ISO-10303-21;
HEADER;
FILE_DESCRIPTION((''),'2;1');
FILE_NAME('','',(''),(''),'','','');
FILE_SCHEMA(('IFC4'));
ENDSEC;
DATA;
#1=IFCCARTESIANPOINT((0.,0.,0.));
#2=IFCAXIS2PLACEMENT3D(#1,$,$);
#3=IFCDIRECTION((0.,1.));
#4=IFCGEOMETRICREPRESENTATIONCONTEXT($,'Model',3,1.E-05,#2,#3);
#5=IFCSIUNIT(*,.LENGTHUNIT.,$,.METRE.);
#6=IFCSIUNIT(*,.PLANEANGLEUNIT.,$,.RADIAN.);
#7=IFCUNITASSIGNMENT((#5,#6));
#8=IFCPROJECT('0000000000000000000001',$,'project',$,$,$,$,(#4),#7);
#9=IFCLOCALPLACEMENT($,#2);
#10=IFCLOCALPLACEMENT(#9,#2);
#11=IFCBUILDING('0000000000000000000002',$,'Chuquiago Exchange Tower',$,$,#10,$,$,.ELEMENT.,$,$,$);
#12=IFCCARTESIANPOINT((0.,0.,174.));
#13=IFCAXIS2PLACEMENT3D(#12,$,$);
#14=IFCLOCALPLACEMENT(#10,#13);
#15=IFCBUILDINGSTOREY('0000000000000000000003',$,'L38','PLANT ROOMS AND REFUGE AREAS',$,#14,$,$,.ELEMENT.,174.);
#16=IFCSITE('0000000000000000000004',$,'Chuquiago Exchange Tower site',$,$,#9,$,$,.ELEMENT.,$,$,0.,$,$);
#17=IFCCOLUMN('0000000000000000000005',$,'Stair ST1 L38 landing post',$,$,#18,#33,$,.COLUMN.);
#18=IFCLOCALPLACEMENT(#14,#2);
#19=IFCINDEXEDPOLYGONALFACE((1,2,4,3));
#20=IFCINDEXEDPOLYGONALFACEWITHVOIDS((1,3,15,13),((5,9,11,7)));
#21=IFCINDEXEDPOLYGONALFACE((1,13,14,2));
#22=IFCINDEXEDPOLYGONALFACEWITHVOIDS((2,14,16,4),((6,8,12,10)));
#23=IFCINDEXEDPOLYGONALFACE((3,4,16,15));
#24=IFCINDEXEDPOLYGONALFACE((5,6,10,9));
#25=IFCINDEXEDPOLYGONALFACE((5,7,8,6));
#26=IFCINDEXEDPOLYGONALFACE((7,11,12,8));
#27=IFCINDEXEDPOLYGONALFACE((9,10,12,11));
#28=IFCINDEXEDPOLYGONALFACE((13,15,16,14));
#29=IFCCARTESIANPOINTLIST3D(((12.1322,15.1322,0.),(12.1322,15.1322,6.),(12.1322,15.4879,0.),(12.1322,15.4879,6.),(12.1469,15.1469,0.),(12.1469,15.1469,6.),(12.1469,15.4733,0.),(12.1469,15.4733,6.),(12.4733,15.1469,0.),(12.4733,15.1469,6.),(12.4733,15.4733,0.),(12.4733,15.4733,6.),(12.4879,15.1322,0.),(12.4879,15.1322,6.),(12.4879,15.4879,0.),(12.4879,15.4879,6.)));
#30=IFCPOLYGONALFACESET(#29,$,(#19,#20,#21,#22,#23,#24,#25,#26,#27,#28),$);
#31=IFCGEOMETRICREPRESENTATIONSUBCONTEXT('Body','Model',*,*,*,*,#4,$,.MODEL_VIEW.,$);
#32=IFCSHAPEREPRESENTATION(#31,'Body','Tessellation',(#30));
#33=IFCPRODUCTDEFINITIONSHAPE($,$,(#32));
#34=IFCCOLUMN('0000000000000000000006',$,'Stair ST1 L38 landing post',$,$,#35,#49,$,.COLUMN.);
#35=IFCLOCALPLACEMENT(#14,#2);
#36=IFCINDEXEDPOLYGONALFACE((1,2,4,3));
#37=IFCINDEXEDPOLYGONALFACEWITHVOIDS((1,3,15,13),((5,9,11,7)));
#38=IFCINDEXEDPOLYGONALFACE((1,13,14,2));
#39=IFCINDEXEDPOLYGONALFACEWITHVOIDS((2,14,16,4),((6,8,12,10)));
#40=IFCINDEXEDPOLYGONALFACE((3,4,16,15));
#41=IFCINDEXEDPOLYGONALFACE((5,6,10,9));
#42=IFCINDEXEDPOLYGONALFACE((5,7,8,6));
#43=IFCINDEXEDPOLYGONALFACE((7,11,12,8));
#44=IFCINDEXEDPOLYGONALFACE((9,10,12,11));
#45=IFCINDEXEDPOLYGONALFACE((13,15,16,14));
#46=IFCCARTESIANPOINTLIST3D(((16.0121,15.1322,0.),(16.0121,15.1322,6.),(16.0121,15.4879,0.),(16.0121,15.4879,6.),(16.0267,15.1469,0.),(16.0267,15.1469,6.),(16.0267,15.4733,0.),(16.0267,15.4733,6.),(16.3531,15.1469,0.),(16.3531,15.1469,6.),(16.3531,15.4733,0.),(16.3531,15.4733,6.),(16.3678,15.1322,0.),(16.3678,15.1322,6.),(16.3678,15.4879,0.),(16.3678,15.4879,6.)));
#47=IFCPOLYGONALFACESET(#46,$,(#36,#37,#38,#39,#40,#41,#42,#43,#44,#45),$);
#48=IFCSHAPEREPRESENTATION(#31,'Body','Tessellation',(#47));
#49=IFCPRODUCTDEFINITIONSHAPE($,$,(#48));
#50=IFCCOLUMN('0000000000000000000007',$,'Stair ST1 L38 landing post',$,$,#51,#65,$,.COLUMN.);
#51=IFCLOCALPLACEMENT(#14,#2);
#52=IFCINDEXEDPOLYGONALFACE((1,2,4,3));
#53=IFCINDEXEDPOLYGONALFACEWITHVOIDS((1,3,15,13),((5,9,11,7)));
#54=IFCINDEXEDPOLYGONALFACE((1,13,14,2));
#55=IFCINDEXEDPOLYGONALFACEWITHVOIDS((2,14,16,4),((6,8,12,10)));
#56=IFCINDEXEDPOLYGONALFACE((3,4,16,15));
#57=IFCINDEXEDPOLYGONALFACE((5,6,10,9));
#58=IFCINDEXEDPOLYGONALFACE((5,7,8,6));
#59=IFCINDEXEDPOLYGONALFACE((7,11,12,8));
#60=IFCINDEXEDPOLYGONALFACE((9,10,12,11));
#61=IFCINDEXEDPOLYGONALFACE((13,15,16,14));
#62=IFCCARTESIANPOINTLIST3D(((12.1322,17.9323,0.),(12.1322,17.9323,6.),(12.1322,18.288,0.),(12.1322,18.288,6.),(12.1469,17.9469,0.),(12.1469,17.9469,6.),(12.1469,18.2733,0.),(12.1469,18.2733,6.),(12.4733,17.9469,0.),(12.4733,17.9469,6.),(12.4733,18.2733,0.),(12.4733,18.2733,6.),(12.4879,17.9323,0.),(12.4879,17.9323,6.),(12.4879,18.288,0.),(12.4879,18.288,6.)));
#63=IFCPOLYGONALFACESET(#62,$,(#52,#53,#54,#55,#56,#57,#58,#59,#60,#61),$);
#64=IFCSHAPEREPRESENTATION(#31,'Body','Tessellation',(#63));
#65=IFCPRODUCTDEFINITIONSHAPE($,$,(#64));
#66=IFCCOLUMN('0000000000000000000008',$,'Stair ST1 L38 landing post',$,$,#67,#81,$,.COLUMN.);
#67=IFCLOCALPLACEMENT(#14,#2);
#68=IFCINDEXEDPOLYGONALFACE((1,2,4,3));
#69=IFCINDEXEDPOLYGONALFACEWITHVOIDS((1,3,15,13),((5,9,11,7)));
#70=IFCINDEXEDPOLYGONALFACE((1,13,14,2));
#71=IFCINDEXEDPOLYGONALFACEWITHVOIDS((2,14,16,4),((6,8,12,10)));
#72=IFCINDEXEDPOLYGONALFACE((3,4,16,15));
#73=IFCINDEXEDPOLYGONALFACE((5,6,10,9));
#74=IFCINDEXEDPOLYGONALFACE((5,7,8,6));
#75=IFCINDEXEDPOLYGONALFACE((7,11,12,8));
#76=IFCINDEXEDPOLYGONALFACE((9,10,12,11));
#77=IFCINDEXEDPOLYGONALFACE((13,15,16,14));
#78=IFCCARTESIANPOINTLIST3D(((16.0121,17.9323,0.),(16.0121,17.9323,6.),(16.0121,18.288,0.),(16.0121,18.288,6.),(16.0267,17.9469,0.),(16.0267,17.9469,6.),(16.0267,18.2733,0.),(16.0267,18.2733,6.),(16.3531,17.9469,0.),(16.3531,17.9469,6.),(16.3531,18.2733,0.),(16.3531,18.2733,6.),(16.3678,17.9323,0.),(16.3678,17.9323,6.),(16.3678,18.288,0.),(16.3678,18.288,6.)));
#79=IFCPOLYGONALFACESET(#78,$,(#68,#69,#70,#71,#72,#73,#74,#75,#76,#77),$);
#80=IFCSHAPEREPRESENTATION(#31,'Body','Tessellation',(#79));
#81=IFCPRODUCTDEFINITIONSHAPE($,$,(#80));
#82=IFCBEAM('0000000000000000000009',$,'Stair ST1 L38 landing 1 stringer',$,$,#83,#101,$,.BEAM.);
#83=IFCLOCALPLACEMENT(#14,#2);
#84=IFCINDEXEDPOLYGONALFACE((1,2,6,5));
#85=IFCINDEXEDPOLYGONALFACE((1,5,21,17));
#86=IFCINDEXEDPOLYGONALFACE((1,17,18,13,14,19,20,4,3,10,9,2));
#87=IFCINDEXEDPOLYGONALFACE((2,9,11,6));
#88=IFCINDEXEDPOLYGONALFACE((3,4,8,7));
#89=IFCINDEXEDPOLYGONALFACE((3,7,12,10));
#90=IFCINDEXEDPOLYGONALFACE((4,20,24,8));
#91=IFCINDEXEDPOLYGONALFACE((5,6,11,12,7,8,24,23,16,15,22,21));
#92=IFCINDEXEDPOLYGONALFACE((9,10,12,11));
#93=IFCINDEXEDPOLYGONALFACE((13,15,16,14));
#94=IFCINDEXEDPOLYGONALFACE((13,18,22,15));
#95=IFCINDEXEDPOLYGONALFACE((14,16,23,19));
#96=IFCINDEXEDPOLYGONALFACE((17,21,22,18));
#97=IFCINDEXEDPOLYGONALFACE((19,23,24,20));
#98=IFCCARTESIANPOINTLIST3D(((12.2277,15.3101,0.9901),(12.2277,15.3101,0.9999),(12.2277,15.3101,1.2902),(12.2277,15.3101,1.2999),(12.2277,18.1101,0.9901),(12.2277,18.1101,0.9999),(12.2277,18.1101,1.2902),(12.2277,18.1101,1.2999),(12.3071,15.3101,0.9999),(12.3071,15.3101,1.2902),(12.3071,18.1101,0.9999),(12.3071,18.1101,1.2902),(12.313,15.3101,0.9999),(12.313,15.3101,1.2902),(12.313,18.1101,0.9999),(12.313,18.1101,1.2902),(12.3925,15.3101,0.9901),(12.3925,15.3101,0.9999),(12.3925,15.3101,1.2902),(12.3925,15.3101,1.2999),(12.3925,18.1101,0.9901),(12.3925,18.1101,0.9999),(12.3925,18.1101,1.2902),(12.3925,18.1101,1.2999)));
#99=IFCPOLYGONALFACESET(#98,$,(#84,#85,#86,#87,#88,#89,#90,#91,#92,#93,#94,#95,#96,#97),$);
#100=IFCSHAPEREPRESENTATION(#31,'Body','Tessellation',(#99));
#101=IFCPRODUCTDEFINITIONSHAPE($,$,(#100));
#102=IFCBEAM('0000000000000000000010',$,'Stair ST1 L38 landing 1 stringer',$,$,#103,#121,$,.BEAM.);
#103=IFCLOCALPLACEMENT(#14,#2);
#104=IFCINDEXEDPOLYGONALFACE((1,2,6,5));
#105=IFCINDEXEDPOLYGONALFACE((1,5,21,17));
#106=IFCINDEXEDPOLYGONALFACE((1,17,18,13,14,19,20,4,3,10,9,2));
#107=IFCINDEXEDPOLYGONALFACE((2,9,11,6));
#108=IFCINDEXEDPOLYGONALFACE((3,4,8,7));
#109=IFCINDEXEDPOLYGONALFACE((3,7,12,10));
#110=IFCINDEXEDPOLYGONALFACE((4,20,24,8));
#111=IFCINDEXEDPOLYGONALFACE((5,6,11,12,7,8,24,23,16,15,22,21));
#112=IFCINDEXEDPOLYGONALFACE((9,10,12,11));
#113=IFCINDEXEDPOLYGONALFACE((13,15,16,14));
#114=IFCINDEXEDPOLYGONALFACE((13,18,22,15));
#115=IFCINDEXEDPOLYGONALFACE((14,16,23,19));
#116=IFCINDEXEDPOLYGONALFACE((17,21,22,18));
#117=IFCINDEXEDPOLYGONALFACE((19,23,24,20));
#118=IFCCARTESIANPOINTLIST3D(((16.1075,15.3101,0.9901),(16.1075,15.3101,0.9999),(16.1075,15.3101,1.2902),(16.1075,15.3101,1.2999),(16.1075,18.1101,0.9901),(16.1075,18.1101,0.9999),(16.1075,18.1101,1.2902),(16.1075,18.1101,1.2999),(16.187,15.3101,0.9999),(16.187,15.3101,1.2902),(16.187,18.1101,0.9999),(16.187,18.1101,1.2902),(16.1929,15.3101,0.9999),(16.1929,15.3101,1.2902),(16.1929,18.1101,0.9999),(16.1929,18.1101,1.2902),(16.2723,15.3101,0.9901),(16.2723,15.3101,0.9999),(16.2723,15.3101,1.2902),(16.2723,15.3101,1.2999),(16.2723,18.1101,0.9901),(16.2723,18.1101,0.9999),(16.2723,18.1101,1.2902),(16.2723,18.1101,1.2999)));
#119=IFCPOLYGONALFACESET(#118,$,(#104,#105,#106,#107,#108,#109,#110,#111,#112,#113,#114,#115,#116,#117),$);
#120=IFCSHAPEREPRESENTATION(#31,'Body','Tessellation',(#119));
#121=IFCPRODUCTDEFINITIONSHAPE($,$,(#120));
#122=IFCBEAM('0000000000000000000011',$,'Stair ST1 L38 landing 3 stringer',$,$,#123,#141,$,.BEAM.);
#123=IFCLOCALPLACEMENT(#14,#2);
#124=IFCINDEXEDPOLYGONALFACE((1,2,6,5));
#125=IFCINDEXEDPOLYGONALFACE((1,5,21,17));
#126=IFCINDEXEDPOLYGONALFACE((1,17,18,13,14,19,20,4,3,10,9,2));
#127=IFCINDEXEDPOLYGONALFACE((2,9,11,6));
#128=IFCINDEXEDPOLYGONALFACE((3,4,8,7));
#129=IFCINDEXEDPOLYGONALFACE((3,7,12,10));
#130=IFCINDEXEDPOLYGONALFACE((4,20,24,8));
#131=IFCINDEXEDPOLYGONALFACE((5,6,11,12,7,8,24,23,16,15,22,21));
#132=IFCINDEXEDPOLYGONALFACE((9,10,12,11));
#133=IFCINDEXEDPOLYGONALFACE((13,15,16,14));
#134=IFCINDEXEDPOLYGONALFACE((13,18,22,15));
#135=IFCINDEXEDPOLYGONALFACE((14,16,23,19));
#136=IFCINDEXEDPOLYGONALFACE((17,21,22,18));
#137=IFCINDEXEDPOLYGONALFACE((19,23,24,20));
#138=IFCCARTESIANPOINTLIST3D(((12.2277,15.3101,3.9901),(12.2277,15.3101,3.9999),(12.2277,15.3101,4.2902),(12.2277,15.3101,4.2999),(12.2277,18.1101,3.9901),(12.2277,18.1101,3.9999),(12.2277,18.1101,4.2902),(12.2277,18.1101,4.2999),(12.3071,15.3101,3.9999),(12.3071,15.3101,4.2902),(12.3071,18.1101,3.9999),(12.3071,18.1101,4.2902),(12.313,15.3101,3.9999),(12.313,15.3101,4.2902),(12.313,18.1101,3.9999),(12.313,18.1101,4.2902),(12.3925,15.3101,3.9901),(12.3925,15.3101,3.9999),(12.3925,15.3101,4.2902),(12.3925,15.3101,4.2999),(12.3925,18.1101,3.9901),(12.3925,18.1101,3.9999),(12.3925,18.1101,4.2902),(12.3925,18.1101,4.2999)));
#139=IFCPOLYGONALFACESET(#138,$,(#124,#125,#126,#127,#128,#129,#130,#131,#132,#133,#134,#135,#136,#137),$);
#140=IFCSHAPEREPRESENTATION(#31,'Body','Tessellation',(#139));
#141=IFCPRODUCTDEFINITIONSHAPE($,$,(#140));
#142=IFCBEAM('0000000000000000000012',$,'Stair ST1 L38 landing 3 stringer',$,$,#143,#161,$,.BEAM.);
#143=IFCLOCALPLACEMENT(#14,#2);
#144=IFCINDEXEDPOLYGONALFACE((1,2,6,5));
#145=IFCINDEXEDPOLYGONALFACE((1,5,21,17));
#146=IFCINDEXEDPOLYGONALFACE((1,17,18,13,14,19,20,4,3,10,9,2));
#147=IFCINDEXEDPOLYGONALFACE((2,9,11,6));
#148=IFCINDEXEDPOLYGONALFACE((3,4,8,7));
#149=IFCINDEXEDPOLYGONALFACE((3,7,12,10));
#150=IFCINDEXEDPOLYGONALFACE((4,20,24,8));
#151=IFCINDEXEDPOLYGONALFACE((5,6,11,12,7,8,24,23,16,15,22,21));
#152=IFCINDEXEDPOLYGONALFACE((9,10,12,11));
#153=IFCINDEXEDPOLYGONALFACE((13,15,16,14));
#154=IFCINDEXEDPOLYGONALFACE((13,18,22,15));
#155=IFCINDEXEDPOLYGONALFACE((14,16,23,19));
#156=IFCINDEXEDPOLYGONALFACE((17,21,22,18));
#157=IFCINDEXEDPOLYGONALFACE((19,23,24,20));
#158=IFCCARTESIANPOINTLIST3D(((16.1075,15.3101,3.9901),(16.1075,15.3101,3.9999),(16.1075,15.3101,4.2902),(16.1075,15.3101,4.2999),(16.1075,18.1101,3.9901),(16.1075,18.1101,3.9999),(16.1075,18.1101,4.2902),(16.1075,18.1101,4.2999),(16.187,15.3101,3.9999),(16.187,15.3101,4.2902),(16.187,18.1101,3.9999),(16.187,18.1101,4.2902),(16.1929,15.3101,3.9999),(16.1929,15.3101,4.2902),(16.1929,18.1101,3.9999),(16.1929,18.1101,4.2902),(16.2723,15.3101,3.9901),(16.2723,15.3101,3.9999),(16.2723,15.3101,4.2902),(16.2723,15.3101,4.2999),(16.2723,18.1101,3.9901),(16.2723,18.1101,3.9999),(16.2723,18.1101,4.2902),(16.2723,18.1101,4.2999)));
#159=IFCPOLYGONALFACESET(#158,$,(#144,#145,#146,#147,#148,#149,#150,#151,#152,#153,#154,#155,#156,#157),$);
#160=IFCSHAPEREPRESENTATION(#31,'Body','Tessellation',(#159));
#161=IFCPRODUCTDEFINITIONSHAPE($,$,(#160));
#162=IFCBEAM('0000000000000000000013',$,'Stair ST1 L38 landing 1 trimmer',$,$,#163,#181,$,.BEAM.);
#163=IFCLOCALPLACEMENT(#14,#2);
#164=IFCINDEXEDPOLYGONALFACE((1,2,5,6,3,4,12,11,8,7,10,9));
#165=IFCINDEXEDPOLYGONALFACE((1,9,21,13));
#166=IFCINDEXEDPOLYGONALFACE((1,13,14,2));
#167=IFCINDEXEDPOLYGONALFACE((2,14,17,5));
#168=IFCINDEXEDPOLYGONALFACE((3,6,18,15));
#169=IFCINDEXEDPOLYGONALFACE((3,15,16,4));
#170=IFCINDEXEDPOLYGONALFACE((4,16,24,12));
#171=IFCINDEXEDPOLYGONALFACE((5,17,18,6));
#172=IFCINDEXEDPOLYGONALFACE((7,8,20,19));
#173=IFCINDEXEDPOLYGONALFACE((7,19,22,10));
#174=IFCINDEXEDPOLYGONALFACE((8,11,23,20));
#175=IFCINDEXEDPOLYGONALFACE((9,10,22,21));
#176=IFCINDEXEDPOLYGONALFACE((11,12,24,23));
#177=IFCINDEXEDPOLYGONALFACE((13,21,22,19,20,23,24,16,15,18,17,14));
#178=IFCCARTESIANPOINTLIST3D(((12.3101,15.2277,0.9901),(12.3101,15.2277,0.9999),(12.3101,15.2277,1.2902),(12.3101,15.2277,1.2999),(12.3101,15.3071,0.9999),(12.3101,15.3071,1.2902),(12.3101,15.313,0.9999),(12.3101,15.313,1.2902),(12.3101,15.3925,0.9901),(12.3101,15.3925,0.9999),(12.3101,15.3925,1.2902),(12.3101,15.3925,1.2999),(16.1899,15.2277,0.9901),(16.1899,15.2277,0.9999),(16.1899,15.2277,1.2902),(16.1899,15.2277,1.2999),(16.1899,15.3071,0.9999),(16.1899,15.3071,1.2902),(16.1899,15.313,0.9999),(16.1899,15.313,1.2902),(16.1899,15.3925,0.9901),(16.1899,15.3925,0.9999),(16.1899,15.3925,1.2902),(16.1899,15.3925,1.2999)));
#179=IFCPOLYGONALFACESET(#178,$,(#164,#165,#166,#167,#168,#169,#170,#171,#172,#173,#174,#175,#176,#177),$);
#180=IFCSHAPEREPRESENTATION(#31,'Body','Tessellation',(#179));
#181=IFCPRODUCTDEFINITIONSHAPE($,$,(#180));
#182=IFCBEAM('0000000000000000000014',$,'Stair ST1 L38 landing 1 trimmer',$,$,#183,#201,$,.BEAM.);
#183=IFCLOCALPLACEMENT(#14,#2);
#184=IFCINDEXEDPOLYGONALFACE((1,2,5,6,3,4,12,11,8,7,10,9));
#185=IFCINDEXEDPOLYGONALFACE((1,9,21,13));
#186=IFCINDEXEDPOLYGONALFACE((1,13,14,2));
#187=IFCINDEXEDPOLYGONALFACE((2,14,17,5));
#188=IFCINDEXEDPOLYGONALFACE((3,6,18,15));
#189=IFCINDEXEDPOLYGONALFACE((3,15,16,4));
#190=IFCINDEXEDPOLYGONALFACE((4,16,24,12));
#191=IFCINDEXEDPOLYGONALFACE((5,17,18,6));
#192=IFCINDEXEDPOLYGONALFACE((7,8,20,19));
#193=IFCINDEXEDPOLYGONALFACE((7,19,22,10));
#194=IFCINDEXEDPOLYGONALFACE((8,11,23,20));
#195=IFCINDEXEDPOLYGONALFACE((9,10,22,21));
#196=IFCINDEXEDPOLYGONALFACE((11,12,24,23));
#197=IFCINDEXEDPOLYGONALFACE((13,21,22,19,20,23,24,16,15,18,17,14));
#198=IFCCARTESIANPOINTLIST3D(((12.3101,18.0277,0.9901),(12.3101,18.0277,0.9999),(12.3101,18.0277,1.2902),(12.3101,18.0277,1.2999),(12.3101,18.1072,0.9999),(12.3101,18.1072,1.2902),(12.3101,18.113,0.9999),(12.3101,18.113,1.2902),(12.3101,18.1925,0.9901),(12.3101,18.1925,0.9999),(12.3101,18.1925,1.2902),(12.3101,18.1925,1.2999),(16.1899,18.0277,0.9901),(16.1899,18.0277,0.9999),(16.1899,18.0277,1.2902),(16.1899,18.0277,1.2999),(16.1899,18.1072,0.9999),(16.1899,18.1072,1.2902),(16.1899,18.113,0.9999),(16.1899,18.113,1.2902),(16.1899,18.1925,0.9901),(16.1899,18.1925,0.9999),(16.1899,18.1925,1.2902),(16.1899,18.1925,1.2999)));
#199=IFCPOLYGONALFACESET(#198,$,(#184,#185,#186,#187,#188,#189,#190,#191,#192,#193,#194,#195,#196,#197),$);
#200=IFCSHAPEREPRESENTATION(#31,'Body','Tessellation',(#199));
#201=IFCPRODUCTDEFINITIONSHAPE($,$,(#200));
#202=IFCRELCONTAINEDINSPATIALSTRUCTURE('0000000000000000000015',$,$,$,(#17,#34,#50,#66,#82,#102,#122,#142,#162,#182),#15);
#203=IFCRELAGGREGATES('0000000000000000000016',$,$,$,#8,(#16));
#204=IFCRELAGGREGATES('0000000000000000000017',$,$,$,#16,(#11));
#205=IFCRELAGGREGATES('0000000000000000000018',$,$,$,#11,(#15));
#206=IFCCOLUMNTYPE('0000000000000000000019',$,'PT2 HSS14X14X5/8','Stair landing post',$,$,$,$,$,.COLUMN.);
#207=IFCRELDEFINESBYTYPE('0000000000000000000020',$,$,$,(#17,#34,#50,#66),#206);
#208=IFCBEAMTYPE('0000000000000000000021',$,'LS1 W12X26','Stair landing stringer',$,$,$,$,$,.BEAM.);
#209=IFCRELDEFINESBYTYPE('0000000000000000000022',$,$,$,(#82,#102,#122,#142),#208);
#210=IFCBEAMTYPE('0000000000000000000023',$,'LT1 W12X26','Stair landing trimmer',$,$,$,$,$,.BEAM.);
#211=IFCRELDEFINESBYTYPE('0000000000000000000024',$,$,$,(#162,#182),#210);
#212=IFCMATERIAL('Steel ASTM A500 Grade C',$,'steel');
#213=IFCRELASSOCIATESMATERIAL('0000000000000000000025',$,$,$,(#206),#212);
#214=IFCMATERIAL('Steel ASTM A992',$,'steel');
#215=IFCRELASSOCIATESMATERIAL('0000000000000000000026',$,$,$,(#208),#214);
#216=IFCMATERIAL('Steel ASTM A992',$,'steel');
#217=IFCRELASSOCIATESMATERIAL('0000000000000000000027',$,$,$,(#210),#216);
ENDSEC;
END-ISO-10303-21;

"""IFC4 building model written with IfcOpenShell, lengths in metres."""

from ifc_helpers import new_model, si_unit, direction, frame, origin, origin_2d, place, context, subcontext, project, spatial, hollow_rectangle, i_section, extrude, material, material_profile, profile_set, type_object, element, save


model = new_model("IFC4")

# Units and contexts
model_context = context("Model", 3, precision=1e-05, world=origin(), true_north=direction((0.0, 1.0)))
body_context = subcontext(model_context, "Body", "Model", "MODEL_VIEW")
ifc_project = project(units=[si_unit("LENGTHUNIT", "METRE"), si_unit("PLANEANGLEUNIT", "RADIAN")], contexts=[model_context])

# Site, building, storey
site_placement = place(None, origin())
site = spatial("IfcSite", under=ifc_project, at=site_placement, Name="Chuquiago Exchange Tower site", CompositionType="ELEMENT", RefElevation=0.0)
building_placement = place(site_placement, origin())
building = spatial("IfcBuilding", under=site, at=building_placement, Name="Chuquiago Exchange Tower", CompositionType="ELEMENT")
storey_placement = place(building_placement, frame((0.0, 0.0, 174.0)))
storey = spatial("IfcBuildingStorey", under=building, at=storey_placement, Name="L38", Description="PLANT ROOMS AND REFUGE AREAS", CompositionType="ELEMENT", Elevation=174.0)

# Columns
ifc_material_1 = material(Name="Steel ASTM A500 Grade C", Category="steel")
ifc_material_profile_1 = material_profile(ifc_material_1, hollow_rectangle(XDim=0.3557, YDim=0.3557, WallThickness=0.0146, at=origin_2d()), Name="HSS14X14X5/8")
ifc_profile_set_1 = profile_set([ifc_material_profile_1], Name="Steel ASTM A500 Grade C")
column_type = type_object("IfcColumnType", Name="PT2 HSS14X14X5/8", Description="Stair landing post", PredefinedType="COLUMN", material=ifc_profile_set_1)
for number, where, z_axis, x_axis, name in (
    (1, (12.3101, 15.3101, 0.0), (0.0, 0.0, 1.0), (1.0, 0.0, 0.0), "Stair ST1 L38 landing post"),
    (2, (16.1899, 15.3101, 0.0), (0.0, 0.0, 1.0), (1.0, 0.0, 0.0), "Stair ST1 L38 landing post"),
    (3, (12.3101, 18.1101, 0.0), (0.0, 0.0, 1.0), (1.0, 0.0, 0.0), "Stair ST1 L38 landing post"),
    (4, (16.1899, 18.1101, 0.0), (0.0, 0.0, 1.0), (1.0, 0.0, 0.0), "Stair ST1 L38 landing post"),
):
    element("IfcColumn", number, at=place(storey_placement, frame(where, z_axis=z_axis, x_axis=x_axis)), inside=storey, type_object=column_type, Name=name, PredefinedType="COLUMN", context=body_context, shape_type="SweptSolid", body=[
        extrude(hollow_rectangle(XDim=0.3557, YDim=0.3557, WallThickness=0.0146, at=origin_2d()), origin(), (0.0, 0.0, 1.0), 6.0),
    ])

# Beams
ifc_material_2 = material(Name="Steel ASTM A992", Category="steel")
ifc_material_profile_2 = material_profile(ifc_material_2, i_section(OverallWidth=0.1648, OverallDepth=0.3098, WebThickness=0.0059, FlangeThickness=0.0098, at=origin_2d()), Name="W12X26")
ifc_profile_set_2 = profile_set([ifc_material_profile_2], Name="Steel ASTM A992")
beam_type_1 = type_object("IfcBeamType", Name="LS1 W12X26", Description="Stair landing stringer", PredefinedType="BEAM", material=ifc_profile_set_2)
for number, where, z_axis, x_axis, name in (
    (5, (12.3101, 15.3101, 1.145), (0.0, 1.0, 0.0), (-1.0, 0.0, 0.0), "Stair ST1 L38 landing 1 stringer"),
    (6, (16.1899, 15.3101, 1.145), (0.0, 1.0, 0.0), (-1.0, 0.0, 0.0), "Stair ST1 L38 landing 1 stringer"),
    (7, (12.3101, 15.3101, 4.145), (0.0, 1.0, 0.0), (-1.0, 0.0, 0.0), "Stair ST1 L38 landing 3 stringer"),
    (8, (16.1899, 15.3101, 4.145), (0.0, 1.0, 0.0), (-1.0, 0.0, 0.0), "Stair ST1 L38 landing 3 stringer"),
):
    element("IfcBeam", number, at=place(storey_placement, frame(where, z_axis=z_axis, x_axis=x_axis)), inside=storey, type_object=beam_type_1, Name=name, PredefinedType="BEAM", context=body_context, shape_type="SweptSolid", body=[
        extrude(i_section(OverallWidth=0.1648, OverallDepth=0.3098, WebThickness=0.0059, FlangeThickness=0.0098, at=origin_2d()), origin(), (0.0, 0.0, 1.0), 2.8),
    ])
ifc_material_3 = material(Name="Steel ASTM A992", Category="steel")
ifc_material_profile_3 = material_profile(ifc_material_3, i_section(OverallWidth=0.1648, OverallDepth=0.3098, WebThickness=0.0059, FlangeThickness=0.0098, at=origin_2d()), Name="W12X26")
ifc_profile_set_3 = profile_set([ifc_material_profile_3], Name="Steel ASTM A992")
beam_type_2 = type_object("IfcBeamType", Name="LT1 W12X26", Description="Stair landing trimmer", PredefinedType="BEAM", material=ifc_profile_set_3)
for number, where, z_axis, x_axis, name in (
    (9, (12.3101, 15.3101, 1.145), (1.0, 0.0, 0.0), (0.0, 1.0, 0.0), "Stair ST1 L38 landing 1 trimmer"),
    (10, (12.3101, 18.1101, 1.145), (1.0, 0.0, 0.0), (0.0, 1.0, 0.0), "Stair ST1 L38 landing 1 trimmer"),
):
    element("IfcBeam", number, at=place(storey_placement, frame(where, z_axis=z_axis, x_axis=x_axis)), inside=storey, type_object=beam_type_2, Name=name, PredefinedType="BEAM", context=body_context, shape_type="SweptSolid", body=[
        extrude(i_section(OverallWidth=0.1648, OverallDepth=0.3098, WebThickness=0.0059, FlangeThickness=0.0098, at=origin_2d()), origin(), (0.0, 0.0, 1.0), 3.8799),
    ])

save(model, "model.ifc")
